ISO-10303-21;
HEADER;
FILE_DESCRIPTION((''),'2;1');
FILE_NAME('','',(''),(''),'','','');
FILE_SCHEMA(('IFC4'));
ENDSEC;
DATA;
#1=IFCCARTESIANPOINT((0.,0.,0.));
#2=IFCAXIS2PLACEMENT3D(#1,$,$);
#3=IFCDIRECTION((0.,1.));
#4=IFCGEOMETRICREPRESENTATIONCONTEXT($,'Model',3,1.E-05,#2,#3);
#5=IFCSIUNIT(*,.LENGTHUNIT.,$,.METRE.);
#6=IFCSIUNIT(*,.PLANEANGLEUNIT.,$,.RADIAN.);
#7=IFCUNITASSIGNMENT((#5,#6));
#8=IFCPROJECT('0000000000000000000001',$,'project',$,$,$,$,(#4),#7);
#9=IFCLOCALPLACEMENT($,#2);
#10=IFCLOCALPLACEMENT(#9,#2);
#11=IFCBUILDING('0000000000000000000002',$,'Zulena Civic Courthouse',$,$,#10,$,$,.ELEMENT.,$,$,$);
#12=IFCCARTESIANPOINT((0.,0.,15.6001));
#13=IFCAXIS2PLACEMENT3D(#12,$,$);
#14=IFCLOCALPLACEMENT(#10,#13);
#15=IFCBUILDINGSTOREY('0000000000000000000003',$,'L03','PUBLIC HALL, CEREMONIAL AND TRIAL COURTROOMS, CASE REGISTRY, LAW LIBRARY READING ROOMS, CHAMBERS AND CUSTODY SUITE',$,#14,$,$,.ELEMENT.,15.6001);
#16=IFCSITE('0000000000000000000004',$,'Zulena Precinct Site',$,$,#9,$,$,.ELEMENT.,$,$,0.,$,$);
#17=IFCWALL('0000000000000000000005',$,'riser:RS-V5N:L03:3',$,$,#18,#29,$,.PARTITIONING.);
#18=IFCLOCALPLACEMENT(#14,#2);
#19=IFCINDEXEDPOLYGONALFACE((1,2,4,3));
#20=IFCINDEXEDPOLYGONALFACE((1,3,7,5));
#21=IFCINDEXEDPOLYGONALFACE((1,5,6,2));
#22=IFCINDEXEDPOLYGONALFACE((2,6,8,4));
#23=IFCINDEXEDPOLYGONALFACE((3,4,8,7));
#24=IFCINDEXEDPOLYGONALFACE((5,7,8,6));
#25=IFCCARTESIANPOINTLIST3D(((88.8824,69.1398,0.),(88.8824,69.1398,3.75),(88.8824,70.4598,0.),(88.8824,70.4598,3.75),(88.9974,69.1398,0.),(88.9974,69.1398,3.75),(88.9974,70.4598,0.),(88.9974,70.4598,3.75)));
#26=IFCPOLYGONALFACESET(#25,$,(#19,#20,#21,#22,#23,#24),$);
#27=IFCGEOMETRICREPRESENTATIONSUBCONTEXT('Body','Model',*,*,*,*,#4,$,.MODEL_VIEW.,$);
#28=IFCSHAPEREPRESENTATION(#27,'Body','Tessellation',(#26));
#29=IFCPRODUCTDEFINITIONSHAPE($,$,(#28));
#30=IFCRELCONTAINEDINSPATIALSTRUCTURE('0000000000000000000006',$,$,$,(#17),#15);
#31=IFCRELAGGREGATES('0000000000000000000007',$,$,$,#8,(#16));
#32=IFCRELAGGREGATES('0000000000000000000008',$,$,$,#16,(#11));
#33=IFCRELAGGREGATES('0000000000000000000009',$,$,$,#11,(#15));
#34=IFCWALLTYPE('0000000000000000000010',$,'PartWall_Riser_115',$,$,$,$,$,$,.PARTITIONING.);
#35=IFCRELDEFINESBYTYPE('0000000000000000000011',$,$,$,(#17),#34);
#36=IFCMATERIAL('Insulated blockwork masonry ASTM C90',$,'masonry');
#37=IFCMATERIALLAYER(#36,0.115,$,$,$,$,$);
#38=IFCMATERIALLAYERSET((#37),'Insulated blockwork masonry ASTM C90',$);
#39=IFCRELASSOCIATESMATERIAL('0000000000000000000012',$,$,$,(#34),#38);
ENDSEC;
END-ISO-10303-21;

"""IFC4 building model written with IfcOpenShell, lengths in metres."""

from ifc_helpers import new_model, si_unit, direction, frame, frame_2d, origin, place, context, subcontext, project, spatial, rectangle, extrude, material, layer, layer_set, type_object, element, save


model = new_model("IFC4")

# Units and contexts
model_context = context("Model", 3, precision=1e-05, world=origin(), true_north=direction((0.0, 1.0)))
body_context = subcontext(model_context, "Body", "Model", "MODEL_VIEW")
ifc_project = project(units=[si_unit("LENGTHUNIT", "METRE"), si_unit("PLANEANGLEUNIT", "RADIAN")], contexts=[model_context])

# Site, building, storey
site_placement = place(None, origin())
site = spatial("IfcSite", under=ifc_project, at=site_placement, Name="Zulena Precinct Site", CompositionType="ELEMENT", RefElevation=0.0)
building_placement = place(site_placement, origin())
building = spatial("IfcBuilding", under=site, at=building_placement, Name="Zulena Civic Courthouse", CompositionType="ELEMENT")
storey_placement = place(building_placement, frame((0.0, 0.0, 15.6001)))
storey = spatial("IfcBuildingStorey", under=building, at=storey_placement, Name="L03", Description="PUBLIC HALL, CEREMONIAL AND TRIAL COURTROOMS, CASE REGISTRY, LAW LIBRARY READING ROOMS, CHAMBERS AND CUSTODY SUITE", CompositionType="ELEMENT", Elevation=15.6001)

# Shared definitions
ifc_material_1 = material(Name="Insulated blockwork masonry ASTM C90", Category="masonry")

# Wall
ifc_layer_1 = layer(ifc_material_1, 0.115)
ifc_layer_set_1 = layer_set([ifc_layer_1], Name="Insulated blockwork masonry ASTM C90")
wall_type_1 = type_object("IfcWallType", Name="PartWall_Riser_115", PredefinedType="PARTITIONING", material=ifc_layer_set_1)
for number, where, z_axis, x_axis, name in (
    (1, (88.9399, 70.46, 0.0), (0.0, 0.0, 1.0), (0.0, -1.0, 0.0), "riser:RS-V5N:L03:3"),
):
    element("IfcWall", number, at=place(storey_placement, frame(where, z_axis=z_axis, x_axis=x_axis)), inside=storey, type_object=wall_type_1, Name=name, PredefinedType="PARTITIONING", context=body_context, shape_type="SweptSolid", body=[
        extrude(rectangle(XDim=1.3201, YDim=0.115, at=frame_2d((0.6602, 0.0))), origin(), (0.0, 0.0, 1.0), 3.75),
    ])

save(model, "model.ifc")
